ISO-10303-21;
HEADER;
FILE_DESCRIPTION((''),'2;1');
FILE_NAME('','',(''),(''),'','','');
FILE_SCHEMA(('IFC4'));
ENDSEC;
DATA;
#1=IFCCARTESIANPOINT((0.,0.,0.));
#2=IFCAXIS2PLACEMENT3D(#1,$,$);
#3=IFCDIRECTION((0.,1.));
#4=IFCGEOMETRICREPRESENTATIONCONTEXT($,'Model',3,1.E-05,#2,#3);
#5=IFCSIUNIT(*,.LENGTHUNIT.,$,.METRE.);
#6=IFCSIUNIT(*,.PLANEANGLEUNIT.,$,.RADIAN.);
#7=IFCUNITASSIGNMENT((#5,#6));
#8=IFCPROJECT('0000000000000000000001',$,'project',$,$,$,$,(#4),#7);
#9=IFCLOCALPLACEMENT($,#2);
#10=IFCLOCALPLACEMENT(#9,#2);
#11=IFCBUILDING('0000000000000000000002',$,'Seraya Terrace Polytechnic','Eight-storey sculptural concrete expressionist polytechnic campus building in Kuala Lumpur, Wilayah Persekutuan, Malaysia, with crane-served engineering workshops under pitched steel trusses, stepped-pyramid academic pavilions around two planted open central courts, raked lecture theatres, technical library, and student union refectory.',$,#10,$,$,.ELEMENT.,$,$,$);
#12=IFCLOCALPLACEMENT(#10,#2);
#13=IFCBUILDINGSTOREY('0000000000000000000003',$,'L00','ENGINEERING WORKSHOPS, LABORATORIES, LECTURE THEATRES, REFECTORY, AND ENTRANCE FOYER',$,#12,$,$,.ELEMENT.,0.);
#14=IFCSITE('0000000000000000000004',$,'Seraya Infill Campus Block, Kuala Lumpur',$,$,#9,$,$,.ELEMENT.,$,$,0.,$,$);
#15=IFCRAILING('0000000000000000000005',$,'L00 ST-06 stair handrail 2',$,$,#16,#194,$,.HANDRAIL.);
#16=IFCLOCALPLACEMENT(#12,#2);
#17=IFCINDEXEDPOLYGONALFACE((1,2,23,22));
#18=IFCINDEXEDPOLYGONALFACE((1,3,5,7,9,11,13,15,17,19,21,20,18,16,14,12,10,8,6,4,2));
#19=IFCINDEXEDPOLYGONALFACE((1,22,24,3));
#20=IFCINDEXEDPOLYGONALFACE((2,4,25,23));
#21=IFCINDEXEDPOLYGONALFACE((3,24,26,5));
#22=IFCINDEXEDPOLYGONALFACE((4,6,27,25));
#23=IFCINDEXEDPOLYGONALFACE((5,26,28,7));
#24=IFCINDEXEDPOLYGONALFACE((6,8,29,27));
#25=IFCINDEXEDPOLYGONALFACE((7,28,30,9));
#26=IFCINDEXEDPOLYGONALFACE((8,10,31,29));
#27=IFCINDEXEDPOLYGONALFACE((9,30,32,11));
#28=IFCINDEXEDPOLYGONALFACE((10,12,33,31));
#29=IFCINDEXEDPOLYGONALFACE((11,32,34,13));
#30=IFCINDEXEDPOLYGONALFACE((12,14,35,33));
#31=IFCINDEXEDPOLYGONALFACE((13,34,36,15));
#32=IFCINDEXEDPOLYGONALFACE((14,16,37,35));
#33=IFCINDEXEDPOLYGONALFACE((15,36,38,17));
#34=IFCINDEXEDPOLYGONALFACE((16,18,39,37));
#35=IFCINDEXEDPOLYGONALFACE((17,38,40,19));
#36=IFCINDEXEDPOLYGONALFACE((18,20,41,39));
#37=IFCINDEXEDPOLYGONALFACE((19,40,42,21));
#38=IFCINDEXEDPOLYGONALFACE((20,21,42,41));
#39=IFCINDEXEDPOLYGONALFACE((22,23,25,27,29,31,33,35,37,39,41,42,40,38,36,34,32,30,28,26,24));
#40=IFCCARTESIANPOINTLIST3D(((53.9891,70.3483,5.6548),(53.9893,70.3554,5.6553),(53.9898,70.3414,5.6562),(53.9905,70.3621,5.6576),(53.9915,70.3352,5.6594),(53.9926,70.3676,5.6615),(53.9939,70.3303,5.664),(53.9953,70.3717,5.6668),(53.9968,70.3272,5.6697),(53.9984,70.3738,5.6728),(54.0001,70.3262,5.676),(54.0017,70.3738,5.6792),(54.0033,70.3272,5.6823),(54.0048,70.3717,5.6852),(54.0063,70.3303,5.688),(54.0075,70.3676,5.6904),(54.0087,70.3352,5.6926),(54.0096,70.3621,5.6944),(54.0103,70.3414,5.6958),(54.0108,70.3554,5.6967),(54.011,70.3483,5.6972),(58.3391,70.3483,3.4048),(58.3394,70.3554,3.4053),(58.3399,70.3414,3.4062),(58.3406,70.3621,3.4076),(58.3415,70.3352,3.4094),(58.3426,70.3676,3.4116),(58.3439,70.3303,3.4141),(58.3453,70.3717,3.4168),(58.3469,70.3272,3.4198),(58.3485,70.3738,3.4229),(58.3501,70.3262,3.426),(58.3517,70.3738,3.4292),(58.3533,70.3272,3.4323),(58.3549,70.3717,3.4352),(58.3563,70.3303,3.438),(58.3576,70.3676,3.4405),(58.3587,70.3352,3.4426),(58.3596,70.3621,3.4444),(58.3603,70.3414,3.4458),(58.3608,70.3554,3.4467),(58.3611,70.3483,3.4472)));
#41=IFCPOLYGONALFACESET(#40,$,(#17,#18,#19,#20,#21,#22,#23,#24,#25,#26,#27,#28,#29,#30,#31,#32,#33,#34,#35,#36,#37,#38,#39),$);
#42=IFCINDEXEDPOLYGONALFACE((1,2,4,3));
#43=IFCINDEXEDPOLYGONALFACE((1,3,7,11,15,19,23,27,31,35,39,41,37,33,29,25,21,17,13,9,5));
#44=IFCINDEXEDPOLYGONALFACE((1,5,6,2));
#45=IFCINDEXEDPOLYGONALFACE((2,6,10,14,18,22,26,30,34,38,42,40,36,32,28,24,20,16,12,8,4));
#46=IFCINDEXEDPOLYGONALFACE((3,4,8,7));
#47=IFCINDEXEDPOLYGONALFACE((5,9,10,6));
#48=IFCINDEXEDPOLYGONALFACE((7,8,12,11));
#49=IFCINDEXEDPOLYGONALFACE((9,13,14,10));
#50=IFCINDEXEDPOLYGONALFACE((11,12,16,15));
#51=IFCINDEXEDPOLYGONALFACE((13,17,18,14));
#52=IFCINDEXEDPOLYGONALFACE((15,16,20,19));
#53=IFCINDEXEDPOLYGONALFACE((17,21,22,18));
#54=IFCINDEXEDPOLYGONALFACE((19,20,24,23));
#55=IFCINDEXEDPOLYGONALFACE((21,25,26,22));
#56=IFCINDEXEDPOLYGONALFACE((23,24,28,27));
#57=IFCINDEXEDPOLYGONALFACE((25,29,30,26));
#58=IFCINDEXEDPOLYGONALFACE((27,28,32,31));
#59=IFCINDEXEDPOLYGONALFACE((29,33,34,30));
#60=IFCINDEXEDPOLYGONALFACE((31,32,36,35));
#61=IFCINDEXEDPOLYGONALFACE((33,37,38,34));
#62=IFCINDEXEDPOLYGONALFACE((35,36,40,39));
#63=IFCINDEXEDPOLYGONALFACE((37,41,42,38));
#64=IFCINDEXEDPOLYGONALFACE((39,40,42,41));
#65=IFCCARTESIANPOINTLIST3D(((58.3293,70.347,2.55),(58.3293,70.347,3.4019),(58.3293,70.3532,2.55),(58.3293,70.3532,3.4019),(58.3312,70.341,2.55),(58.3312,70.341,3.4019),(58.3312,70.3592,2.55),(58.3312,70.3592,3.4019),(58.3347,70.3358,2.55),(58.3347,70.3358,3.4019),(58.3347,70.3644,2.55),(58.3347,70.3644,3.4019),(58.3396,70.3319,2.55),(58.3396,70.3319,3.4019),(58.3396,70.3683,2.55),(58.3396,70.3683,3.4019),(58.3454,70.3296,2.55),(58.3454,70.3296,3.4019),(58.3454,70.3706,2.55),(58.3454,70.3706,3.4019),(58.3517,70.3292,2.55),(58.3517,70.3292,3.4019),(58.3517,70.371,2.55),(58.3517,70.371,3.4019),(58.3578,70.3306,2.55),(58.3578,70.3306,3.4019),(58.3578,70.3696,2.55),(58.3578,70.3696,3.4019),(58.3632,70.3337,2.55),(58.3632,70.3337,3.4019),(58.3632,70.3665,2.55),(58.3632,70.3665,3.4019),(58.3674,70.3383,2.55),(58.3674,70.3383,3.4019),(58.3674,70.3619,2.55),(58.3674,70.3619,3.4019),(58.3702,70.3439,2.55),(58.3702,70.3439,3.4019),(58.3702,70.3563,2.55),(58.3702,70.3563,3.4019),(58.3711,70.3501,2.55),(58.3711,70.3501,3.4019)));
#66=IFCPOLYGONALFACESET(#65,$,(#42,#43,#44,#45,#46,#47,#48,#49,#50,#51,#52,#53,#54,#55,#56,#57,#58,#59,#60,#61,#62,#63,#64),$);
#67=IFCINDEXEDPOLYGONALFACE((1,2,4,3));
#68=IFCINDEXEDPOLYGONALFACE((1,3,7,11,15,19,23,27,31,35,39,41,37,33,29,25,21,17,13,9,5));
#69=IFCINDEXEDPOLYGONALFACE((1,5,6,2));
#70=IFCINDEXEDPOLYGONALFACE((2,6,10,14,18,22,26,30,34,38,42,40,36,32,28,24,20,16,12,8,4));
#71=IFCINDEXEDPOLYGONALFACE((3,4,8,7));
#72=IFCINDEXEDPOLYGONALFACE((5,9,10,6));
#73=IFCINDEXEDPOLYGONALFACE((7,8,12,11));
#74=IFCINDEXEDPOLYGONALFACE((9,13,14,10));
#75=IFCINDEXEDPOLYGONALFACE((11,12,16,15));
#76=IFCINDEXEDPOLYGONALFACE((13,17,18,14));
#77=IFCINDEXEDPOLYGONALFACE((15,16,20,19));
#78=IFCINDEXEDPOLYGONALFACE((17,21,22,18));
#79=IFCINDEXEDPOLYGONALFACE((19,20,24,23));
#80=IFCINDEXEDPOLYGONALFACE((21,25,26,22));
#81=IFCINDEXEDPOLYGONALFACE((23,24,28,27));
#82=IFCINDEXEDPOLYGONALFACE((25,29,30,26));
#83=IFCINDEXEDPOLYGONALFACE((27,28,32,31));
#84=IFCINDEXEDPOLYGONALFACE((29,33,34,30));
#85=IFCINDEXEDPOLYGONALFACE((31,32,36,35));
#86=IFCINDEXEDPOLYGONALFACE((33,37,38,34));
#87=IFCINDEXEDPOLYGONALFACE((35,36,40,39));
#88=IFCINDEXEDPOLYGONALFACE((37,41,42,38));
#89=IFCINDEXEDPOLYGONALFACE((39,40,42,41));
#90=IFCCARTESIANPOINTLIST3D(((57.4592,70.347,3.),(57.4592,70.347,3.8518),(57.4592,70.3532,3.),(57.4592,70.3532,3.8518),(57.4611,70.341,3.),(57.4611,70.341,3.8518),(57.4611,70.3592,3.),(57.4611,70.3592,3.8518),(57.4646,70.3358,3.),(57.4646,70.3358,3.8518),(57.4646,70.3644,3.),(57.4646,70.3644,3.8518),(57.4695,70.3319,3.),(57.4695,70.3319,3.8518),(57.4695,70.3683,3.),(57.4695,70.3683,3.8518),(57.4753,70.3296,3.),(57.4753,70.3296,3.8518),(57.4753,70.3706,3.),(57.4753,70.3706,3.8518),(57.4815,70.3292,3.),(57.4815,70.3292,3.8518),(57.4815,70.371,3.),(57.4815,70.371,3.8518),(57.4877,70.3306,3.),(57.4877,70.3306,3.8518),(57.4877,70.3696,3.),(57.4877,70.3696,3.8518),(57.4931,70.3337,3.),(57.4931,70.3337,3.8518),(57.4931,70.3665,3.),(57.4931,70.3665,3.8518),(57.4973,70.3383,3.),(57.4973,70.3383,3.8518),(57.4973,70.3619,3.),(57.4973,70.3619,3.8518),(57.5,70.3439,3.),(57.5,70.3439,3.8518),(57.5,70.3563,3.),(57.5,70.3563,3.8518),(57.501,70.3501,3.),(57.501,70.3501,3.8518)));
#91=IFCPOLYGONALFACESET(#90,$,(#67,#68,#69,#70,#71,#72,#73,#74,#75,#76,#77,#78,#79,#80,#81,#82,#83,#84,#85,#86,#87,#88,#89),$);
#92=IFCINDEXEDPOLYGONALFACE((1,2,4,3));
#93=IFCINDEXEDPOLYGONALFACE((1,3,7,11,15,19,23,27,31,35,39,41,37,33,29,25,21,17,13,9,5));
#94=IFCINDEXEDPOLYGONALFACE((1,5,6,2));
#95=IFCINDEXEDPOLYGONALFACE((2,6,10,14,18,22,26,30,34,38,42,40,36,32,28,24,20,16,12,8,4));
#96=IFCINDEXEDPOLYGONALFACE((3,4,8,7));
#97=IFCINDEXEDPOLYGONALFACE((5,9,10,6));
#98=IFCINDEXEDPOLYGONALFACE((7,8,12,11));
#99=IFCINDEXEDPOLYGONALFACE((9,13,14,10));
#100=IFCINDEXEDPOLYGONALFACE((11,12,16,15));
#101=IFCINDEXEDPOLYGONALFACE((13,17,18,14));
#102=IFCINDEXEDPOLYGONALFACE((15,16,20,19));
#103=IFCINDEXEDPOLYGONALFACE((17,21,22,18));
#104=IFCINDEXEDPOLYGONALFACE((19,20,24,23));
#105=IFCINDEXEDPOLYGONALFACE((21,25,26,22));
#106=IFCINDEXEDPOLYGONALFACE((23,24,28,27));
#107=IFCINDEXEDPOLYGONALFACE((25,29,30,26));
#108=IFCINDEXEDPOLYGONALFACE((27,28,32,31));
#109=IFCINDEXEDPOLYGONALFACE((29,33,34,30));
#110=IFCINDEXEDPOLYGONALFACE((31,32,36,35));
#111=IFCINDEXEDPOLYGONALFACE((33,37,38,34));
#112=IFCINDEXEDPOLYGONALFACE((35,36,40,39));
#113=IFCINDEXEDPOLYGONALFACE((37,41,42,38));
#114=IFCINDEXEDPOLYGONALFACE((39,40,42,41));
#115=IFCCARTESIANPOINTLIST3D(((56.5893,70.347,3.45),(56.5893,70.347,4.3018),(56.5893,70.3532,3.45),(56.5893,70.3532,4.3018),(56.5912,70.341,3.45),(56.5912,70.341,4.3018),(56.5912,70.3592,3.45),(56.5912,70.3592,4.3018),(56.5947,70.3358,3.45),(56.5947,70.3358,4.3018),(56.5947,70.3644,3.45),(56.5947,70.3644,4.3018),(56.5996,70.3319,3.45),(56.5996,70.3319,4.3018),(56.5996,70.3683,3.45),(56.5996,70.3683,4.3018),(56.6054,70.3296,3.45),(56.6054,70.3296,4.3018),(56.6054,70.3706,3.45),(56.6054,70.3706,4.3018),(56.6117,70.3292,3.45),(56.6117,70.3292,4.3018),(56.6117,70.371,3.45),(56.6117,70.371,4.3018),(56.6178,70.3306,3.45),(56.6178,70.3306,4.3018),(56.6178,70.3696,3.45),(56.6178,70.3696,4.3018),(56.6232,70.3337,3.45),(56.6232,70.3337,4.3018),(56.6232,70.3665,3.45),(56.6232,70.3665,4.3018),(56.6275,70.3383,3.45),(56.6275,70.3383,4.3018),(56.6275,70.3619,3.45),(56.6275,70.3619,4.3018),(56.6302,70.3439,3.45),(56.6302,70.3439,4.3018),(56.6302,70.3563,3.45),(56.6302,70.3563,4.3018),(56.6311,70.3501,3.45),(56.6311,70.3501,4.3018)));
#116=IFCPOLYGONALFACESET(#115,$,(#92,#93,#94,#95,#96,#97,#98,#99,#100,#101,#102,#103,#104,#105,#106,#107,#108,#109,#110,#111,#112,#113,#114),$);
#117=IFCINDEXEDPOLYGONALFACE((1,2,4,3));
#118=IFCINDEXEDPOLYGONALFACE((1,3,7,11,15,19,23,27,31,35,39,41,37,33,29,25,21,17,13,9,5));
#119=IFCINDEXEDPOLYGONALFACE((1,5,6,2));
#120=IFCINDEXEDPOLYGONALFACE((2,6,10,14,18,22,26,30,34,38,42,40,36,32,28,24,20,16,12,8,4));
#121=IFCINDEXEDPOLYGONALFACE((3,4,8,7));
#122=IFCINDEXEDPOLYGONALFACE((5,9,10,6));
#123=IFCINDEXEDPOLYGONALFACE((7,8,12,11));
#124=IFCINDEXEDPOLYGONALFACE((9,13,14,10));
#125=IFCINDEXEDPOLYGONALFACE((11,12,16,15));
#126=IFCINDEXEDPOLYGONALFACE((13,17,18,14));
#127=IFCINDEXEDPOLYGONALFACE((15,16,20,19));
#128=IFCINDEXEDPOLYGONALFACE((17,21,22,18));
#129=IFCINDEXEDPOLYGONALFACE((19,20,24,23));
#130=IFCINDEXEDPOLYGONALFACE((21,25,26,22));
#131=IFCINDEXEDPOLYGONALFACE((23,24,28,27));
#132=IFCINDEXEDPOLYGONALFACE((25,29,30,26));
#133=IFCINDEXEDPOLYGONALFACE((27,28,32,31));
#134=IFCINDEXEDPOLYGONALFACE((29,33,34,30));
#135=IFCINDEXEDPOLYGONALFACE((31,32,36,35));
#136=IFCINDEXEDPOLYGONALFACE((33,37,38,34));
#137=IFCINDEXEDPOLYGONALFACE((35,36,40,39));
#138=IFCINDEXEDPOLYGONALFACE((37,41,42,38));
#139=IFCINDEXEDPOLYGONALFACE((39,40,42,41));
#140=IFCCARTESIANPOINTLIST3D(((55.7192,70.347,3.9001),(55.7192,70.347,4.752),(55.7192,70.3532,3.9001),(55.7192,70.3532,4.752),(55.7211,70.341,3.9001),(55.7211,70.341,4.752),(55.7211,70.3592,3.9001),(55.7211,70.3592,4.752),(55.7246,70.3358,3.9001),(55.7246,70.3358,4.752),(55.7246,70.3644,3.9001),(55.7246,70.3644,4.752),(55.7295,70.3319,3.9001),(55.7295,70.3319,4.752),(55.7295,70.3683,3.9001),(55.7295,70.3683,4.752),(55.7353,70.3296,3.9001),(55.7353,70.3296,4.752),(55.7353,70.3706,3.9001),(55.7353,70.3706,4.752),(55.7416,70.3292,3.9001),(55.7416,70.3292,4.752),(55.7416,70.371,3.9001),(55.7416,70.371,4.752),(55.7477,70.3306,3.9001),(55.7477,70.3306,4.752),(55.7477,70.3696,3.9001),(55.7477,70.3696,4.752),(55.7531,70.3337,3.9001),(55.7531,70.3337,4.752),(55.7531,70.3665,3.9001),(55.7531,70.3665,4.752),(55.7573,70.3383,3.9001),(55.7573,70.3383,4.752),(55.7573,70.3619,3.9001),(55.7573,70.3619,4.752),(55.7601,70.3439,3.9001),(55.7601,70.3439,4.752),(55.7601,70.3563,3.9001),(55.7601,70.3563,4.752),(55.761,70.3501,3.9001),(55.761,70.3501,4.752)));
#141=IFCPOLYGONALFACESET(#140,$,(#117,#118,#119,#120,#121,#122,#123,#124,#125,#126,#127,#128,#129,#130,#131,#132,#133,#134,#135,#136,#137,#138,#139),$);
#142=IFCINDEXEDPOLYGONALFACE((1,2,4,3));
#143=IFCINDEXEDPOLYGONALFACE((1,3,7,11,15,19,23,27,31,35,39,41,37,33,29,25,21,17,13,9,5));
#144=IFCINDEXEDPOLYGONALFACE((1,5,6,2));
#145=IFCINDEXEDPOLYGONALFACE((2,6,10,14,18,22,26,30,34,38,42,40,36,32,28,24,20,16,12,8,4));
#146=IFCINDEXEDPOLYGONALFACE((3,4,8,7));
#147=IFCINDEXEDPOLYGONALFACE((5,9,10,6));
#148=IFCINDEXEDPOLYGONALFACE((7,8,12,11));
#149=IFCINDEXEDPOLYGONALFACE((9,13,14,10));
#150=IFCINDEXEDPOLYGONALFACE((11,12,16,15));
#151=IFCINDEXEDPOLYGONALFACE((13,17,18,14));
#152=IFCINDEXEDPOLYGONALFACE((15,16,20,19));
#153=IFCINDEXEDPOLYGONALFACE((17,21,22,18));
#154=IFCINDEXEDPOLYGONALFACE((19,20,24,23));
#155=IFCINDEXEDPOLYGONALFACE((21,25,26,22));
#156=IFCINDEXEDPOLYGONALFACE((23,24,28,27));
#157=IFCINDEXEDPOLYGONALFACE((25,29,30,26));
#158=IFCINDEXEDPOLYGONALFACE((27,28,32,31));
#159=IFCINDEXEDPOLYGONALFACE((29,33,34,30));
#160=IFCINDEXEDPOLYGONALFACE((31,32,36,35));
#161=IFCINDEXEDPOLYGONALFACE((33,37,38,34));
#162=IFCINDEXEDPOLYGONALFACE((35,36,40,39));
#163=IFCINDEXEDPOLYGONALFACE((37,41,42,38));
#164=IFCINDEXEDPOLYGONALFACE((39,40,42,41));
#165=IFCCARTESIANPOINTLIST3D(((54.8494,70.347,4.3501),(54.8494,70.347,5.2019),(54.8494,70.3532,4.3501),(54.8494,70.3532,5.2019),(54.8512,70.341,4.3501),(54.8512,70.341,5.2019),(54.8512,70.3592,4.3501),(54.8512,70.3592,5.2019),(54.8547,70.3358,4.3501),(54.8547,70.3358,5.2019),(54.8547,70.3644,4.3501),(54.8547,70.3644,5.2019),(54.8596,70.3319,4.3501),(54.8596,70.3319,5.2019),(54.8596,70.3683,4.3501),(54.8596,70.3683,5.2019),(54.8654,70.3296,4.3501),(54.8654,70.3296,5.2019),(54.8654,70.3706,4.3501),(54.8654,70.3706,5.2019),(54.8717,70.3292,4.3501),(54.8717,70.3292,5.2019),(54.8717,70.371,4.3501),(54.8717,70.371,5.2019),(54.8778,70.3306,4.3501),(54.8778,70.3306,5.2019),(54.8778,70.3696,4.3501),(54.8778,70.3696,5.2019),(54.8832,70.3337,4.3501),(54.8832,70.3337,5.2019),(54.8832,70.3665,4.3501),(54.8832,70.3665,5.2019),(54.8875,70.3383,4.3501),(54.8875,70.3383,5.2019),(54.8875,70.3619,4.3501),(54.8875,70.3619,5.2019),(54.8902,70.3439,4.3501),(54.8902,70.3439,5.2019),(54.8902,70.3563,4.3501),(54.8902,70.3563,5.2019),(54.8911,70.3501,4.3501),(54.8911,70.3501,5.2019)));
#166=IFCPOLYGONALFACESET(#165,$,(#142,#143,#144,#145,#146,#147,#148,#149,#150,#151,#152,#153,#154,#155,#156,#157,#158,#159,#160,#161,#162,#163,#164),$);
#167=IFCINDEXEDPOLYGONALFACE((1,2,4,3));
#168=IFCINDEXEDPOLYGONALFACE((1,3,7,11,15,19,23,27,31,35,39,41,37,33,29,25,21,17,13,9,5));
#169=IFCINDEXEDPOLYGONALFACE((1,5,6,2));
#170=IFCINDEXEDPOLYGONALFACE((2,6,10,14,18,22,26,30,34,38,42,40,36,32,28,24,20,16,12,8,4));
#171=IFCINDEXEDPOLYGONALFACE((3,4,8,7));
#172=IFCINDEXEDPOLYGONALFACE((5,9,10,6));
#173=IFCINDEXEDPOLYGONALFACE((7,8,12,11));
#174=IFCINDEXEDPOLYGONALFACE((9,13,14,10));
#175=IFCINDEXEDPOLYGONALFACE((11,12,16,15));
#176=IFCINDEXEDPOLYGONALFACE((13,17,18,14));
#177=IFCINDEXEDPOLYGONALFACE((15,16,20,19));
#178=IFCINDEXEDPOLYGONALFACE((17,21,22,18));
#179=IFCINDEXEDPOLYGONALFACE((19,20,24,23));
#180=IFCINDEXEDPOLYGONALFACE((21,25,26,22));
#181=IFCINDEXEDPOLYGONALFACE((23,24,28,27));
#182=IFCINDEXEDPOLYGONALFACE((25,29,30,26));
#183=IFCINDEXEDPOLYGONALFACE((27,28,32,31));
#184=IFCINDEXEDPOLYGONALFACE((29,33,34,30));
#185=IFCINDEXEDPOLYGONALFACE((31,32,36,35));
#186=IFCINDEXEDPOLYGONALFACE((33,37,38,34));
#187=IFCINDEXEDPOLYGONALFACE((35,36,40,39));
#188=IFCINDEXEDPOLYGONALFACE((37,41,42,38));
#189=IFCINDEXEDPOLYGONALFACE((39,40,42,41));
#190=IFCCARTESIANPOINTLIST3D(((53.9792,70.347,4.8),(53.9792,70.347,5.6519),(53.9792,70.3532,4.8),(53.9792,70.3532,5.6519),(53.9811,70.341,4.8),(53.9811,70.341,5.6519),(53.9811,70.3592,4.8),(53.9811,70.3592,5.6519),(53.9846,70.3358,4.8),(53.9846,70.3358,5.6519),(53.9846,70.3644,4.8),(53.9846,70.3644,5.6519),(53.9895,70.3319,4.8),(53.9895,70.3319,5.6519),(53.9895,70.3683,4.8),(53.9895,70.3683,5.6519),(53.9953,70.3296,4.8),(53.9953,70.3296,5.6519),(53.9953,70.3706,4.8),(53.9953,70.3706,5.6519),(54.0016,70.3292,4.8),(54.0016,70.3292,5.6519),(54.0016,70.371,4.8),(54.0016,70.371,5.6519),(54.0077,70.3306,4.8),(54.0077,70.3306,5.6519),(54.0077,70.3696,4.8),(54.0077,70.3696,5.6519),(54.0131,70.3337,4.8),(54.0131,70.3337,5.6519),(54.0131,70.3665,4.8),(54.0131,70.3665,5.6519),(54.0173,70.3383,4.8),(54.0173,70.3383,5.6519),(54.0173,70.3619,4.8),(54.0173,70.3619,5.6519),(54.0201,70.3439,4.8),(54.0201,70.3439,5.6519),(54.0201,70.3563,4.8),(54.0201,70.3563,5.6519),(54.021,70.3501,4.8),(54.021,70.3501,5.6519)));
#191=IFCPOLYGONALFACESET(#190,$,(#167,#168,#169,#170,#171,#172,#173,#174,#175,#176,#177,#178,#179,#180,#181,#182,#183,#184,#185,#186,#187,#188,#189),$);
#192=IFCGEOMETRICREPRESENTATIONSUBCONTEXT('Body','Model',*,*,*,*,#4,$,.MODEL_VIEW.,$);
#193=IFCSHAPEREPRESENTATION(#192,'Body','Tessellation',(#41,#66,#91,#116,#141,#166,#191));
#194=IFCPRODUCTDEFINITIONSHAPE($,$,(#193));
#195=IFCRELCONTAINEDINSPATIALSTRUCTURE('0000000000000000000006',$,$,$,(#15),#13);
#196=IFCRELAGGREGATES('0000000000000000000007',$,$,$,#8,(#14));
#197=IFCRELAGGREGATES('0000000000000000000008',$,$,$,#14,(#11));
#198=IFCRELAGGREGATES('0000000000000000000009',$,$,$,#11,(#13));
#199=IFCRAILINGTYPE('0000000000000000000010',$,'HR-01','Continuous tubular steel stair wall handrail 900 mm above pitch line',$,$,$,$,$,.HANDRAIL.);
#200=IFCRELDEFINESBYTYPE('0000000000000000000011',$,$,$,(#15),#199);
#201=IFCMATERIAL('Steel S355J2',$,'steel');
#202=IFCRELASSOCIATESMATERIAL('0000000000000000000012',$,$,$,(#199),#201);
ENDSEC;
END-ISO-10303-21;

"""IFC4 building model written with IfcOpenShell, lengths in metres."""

from ifc_helpers import new_model, si_unit, direction, frame, origin, origin_2d, place, context, subcontext, project, spatial, circle, extrude, material, type_object, element, save


model = new_model("IFC4")

# Units and contexts
model_context = context("Model", 3, precision=1e-05, world=origin(), true_north=direction((0.0, 1.0)))
body_context = subcontext(model_context, "Body", "Model", "MODEL_VIEW")
ifc_project = project(units=[si_unit("LENGTHUNIT", "METRE"), si_unit("PLANEANGLEUNIT", "RADIAN")], contexts=[model_context])

# Site, building, storey
site_placement = place(None, origin())
site = spatial("IfcSite", under=ifc_project, at=site_placement, Name="Seraya Infill Campus Block, Kuala Lumpur", CompositionType="ELEMENT", RefElevation=0.0)
building_placement = place(site_placement, origin())
building = spatial("IfcBuilding", under=site, at=building_placement, Name="Seraya Terrace Polytechnic", Description="Eight-storey sculptural concrete expressionist polytechnic campus building in Kuala Lumpur, Wilayah Persekutuan, Malaysia, with crane-served engineering workshops under pitched steel trusses, stepped-pyramid academic pavilions around two planted open central courts, raked lecture theatres, technical library, and student union refectory.", CompositionType="ELEMENT")
storey_placement = place(building_placement, origin())
storey = spatial("IfcBuildingStorey", under=building, at=storey_placement, Name="L00", Description="ENGINEERING WORKSHOPS, LABORATORIES, LECTURE THEATRES, REFECTORY, AND ENTRANCE FOYER", CompositionType="ELEMENT", Elevation=0.0)

# Railing
ifc_material_1 = material(Name="Steel S355J2", Category="steel")
railing_type_1 = type_object("IfcRailingType", Name="HR-01", Description="Continuous tubular steel stair wall handrail 900 mm above pitch line", PredefinedType="HANDRAIL", material=ifc_material_1)
railing_1_placement = place(storey_placement, frame((58.3501, 70.3501, 2.55)))
element("IfcRailing", 1, at=railing_1_placement, inside=storey, type_object=railing_type_1, Name="L00 ST-06 stair handrail 2", PredefinedType="HANDRAIL", context=body_context, shape_type="SweptSolid", body=[
    extrude(circle(Radius=0.0239, at=origin_2d()), frame((0.0, 0.0, 0.876), z_axis=(-0.888222, 0.0, 0.459415), x_axis=(0.0, -1.0, 0.0)), (0.0, 0.0, 1.0), 4.8975),
    extrude(circle(Radius=0.021, at=origin_2d()), origin(), (0.0, 0.0, 1.0), 0.8518),
    extrude(circle(Radius=0.021, at=origin_2d()), frame((-0.8701, 0.0, 0.45)), (0.0, 0.0, 1.0), 0.8518),
    extrude(circle(Radius=0.021, at=origin_2d()), frame((-1.74, 0.0, 0.8999)), (0.0, 0.0, 1.0), 0.8518),
    extrude(circle(Radius=0.021, at=origin_2d()), frame((-2.6101, 0.0, 1.3501)), (0.0, 0.0, 1.0), 0.8518),
    extrude(circle(Radius=0.021, at=origin_2d()), frame((-3.48, 0.0, 1.8)), (0.0, 0.0, 1.0), 0.8518),
    extrude(circle(Radius=0.021, at=origin_2d()), frame((-4.3501, 0.0, 2.25)), (0.0, 0.0, 1.0), 0.8518),
])

save(model, "model.ifc")
